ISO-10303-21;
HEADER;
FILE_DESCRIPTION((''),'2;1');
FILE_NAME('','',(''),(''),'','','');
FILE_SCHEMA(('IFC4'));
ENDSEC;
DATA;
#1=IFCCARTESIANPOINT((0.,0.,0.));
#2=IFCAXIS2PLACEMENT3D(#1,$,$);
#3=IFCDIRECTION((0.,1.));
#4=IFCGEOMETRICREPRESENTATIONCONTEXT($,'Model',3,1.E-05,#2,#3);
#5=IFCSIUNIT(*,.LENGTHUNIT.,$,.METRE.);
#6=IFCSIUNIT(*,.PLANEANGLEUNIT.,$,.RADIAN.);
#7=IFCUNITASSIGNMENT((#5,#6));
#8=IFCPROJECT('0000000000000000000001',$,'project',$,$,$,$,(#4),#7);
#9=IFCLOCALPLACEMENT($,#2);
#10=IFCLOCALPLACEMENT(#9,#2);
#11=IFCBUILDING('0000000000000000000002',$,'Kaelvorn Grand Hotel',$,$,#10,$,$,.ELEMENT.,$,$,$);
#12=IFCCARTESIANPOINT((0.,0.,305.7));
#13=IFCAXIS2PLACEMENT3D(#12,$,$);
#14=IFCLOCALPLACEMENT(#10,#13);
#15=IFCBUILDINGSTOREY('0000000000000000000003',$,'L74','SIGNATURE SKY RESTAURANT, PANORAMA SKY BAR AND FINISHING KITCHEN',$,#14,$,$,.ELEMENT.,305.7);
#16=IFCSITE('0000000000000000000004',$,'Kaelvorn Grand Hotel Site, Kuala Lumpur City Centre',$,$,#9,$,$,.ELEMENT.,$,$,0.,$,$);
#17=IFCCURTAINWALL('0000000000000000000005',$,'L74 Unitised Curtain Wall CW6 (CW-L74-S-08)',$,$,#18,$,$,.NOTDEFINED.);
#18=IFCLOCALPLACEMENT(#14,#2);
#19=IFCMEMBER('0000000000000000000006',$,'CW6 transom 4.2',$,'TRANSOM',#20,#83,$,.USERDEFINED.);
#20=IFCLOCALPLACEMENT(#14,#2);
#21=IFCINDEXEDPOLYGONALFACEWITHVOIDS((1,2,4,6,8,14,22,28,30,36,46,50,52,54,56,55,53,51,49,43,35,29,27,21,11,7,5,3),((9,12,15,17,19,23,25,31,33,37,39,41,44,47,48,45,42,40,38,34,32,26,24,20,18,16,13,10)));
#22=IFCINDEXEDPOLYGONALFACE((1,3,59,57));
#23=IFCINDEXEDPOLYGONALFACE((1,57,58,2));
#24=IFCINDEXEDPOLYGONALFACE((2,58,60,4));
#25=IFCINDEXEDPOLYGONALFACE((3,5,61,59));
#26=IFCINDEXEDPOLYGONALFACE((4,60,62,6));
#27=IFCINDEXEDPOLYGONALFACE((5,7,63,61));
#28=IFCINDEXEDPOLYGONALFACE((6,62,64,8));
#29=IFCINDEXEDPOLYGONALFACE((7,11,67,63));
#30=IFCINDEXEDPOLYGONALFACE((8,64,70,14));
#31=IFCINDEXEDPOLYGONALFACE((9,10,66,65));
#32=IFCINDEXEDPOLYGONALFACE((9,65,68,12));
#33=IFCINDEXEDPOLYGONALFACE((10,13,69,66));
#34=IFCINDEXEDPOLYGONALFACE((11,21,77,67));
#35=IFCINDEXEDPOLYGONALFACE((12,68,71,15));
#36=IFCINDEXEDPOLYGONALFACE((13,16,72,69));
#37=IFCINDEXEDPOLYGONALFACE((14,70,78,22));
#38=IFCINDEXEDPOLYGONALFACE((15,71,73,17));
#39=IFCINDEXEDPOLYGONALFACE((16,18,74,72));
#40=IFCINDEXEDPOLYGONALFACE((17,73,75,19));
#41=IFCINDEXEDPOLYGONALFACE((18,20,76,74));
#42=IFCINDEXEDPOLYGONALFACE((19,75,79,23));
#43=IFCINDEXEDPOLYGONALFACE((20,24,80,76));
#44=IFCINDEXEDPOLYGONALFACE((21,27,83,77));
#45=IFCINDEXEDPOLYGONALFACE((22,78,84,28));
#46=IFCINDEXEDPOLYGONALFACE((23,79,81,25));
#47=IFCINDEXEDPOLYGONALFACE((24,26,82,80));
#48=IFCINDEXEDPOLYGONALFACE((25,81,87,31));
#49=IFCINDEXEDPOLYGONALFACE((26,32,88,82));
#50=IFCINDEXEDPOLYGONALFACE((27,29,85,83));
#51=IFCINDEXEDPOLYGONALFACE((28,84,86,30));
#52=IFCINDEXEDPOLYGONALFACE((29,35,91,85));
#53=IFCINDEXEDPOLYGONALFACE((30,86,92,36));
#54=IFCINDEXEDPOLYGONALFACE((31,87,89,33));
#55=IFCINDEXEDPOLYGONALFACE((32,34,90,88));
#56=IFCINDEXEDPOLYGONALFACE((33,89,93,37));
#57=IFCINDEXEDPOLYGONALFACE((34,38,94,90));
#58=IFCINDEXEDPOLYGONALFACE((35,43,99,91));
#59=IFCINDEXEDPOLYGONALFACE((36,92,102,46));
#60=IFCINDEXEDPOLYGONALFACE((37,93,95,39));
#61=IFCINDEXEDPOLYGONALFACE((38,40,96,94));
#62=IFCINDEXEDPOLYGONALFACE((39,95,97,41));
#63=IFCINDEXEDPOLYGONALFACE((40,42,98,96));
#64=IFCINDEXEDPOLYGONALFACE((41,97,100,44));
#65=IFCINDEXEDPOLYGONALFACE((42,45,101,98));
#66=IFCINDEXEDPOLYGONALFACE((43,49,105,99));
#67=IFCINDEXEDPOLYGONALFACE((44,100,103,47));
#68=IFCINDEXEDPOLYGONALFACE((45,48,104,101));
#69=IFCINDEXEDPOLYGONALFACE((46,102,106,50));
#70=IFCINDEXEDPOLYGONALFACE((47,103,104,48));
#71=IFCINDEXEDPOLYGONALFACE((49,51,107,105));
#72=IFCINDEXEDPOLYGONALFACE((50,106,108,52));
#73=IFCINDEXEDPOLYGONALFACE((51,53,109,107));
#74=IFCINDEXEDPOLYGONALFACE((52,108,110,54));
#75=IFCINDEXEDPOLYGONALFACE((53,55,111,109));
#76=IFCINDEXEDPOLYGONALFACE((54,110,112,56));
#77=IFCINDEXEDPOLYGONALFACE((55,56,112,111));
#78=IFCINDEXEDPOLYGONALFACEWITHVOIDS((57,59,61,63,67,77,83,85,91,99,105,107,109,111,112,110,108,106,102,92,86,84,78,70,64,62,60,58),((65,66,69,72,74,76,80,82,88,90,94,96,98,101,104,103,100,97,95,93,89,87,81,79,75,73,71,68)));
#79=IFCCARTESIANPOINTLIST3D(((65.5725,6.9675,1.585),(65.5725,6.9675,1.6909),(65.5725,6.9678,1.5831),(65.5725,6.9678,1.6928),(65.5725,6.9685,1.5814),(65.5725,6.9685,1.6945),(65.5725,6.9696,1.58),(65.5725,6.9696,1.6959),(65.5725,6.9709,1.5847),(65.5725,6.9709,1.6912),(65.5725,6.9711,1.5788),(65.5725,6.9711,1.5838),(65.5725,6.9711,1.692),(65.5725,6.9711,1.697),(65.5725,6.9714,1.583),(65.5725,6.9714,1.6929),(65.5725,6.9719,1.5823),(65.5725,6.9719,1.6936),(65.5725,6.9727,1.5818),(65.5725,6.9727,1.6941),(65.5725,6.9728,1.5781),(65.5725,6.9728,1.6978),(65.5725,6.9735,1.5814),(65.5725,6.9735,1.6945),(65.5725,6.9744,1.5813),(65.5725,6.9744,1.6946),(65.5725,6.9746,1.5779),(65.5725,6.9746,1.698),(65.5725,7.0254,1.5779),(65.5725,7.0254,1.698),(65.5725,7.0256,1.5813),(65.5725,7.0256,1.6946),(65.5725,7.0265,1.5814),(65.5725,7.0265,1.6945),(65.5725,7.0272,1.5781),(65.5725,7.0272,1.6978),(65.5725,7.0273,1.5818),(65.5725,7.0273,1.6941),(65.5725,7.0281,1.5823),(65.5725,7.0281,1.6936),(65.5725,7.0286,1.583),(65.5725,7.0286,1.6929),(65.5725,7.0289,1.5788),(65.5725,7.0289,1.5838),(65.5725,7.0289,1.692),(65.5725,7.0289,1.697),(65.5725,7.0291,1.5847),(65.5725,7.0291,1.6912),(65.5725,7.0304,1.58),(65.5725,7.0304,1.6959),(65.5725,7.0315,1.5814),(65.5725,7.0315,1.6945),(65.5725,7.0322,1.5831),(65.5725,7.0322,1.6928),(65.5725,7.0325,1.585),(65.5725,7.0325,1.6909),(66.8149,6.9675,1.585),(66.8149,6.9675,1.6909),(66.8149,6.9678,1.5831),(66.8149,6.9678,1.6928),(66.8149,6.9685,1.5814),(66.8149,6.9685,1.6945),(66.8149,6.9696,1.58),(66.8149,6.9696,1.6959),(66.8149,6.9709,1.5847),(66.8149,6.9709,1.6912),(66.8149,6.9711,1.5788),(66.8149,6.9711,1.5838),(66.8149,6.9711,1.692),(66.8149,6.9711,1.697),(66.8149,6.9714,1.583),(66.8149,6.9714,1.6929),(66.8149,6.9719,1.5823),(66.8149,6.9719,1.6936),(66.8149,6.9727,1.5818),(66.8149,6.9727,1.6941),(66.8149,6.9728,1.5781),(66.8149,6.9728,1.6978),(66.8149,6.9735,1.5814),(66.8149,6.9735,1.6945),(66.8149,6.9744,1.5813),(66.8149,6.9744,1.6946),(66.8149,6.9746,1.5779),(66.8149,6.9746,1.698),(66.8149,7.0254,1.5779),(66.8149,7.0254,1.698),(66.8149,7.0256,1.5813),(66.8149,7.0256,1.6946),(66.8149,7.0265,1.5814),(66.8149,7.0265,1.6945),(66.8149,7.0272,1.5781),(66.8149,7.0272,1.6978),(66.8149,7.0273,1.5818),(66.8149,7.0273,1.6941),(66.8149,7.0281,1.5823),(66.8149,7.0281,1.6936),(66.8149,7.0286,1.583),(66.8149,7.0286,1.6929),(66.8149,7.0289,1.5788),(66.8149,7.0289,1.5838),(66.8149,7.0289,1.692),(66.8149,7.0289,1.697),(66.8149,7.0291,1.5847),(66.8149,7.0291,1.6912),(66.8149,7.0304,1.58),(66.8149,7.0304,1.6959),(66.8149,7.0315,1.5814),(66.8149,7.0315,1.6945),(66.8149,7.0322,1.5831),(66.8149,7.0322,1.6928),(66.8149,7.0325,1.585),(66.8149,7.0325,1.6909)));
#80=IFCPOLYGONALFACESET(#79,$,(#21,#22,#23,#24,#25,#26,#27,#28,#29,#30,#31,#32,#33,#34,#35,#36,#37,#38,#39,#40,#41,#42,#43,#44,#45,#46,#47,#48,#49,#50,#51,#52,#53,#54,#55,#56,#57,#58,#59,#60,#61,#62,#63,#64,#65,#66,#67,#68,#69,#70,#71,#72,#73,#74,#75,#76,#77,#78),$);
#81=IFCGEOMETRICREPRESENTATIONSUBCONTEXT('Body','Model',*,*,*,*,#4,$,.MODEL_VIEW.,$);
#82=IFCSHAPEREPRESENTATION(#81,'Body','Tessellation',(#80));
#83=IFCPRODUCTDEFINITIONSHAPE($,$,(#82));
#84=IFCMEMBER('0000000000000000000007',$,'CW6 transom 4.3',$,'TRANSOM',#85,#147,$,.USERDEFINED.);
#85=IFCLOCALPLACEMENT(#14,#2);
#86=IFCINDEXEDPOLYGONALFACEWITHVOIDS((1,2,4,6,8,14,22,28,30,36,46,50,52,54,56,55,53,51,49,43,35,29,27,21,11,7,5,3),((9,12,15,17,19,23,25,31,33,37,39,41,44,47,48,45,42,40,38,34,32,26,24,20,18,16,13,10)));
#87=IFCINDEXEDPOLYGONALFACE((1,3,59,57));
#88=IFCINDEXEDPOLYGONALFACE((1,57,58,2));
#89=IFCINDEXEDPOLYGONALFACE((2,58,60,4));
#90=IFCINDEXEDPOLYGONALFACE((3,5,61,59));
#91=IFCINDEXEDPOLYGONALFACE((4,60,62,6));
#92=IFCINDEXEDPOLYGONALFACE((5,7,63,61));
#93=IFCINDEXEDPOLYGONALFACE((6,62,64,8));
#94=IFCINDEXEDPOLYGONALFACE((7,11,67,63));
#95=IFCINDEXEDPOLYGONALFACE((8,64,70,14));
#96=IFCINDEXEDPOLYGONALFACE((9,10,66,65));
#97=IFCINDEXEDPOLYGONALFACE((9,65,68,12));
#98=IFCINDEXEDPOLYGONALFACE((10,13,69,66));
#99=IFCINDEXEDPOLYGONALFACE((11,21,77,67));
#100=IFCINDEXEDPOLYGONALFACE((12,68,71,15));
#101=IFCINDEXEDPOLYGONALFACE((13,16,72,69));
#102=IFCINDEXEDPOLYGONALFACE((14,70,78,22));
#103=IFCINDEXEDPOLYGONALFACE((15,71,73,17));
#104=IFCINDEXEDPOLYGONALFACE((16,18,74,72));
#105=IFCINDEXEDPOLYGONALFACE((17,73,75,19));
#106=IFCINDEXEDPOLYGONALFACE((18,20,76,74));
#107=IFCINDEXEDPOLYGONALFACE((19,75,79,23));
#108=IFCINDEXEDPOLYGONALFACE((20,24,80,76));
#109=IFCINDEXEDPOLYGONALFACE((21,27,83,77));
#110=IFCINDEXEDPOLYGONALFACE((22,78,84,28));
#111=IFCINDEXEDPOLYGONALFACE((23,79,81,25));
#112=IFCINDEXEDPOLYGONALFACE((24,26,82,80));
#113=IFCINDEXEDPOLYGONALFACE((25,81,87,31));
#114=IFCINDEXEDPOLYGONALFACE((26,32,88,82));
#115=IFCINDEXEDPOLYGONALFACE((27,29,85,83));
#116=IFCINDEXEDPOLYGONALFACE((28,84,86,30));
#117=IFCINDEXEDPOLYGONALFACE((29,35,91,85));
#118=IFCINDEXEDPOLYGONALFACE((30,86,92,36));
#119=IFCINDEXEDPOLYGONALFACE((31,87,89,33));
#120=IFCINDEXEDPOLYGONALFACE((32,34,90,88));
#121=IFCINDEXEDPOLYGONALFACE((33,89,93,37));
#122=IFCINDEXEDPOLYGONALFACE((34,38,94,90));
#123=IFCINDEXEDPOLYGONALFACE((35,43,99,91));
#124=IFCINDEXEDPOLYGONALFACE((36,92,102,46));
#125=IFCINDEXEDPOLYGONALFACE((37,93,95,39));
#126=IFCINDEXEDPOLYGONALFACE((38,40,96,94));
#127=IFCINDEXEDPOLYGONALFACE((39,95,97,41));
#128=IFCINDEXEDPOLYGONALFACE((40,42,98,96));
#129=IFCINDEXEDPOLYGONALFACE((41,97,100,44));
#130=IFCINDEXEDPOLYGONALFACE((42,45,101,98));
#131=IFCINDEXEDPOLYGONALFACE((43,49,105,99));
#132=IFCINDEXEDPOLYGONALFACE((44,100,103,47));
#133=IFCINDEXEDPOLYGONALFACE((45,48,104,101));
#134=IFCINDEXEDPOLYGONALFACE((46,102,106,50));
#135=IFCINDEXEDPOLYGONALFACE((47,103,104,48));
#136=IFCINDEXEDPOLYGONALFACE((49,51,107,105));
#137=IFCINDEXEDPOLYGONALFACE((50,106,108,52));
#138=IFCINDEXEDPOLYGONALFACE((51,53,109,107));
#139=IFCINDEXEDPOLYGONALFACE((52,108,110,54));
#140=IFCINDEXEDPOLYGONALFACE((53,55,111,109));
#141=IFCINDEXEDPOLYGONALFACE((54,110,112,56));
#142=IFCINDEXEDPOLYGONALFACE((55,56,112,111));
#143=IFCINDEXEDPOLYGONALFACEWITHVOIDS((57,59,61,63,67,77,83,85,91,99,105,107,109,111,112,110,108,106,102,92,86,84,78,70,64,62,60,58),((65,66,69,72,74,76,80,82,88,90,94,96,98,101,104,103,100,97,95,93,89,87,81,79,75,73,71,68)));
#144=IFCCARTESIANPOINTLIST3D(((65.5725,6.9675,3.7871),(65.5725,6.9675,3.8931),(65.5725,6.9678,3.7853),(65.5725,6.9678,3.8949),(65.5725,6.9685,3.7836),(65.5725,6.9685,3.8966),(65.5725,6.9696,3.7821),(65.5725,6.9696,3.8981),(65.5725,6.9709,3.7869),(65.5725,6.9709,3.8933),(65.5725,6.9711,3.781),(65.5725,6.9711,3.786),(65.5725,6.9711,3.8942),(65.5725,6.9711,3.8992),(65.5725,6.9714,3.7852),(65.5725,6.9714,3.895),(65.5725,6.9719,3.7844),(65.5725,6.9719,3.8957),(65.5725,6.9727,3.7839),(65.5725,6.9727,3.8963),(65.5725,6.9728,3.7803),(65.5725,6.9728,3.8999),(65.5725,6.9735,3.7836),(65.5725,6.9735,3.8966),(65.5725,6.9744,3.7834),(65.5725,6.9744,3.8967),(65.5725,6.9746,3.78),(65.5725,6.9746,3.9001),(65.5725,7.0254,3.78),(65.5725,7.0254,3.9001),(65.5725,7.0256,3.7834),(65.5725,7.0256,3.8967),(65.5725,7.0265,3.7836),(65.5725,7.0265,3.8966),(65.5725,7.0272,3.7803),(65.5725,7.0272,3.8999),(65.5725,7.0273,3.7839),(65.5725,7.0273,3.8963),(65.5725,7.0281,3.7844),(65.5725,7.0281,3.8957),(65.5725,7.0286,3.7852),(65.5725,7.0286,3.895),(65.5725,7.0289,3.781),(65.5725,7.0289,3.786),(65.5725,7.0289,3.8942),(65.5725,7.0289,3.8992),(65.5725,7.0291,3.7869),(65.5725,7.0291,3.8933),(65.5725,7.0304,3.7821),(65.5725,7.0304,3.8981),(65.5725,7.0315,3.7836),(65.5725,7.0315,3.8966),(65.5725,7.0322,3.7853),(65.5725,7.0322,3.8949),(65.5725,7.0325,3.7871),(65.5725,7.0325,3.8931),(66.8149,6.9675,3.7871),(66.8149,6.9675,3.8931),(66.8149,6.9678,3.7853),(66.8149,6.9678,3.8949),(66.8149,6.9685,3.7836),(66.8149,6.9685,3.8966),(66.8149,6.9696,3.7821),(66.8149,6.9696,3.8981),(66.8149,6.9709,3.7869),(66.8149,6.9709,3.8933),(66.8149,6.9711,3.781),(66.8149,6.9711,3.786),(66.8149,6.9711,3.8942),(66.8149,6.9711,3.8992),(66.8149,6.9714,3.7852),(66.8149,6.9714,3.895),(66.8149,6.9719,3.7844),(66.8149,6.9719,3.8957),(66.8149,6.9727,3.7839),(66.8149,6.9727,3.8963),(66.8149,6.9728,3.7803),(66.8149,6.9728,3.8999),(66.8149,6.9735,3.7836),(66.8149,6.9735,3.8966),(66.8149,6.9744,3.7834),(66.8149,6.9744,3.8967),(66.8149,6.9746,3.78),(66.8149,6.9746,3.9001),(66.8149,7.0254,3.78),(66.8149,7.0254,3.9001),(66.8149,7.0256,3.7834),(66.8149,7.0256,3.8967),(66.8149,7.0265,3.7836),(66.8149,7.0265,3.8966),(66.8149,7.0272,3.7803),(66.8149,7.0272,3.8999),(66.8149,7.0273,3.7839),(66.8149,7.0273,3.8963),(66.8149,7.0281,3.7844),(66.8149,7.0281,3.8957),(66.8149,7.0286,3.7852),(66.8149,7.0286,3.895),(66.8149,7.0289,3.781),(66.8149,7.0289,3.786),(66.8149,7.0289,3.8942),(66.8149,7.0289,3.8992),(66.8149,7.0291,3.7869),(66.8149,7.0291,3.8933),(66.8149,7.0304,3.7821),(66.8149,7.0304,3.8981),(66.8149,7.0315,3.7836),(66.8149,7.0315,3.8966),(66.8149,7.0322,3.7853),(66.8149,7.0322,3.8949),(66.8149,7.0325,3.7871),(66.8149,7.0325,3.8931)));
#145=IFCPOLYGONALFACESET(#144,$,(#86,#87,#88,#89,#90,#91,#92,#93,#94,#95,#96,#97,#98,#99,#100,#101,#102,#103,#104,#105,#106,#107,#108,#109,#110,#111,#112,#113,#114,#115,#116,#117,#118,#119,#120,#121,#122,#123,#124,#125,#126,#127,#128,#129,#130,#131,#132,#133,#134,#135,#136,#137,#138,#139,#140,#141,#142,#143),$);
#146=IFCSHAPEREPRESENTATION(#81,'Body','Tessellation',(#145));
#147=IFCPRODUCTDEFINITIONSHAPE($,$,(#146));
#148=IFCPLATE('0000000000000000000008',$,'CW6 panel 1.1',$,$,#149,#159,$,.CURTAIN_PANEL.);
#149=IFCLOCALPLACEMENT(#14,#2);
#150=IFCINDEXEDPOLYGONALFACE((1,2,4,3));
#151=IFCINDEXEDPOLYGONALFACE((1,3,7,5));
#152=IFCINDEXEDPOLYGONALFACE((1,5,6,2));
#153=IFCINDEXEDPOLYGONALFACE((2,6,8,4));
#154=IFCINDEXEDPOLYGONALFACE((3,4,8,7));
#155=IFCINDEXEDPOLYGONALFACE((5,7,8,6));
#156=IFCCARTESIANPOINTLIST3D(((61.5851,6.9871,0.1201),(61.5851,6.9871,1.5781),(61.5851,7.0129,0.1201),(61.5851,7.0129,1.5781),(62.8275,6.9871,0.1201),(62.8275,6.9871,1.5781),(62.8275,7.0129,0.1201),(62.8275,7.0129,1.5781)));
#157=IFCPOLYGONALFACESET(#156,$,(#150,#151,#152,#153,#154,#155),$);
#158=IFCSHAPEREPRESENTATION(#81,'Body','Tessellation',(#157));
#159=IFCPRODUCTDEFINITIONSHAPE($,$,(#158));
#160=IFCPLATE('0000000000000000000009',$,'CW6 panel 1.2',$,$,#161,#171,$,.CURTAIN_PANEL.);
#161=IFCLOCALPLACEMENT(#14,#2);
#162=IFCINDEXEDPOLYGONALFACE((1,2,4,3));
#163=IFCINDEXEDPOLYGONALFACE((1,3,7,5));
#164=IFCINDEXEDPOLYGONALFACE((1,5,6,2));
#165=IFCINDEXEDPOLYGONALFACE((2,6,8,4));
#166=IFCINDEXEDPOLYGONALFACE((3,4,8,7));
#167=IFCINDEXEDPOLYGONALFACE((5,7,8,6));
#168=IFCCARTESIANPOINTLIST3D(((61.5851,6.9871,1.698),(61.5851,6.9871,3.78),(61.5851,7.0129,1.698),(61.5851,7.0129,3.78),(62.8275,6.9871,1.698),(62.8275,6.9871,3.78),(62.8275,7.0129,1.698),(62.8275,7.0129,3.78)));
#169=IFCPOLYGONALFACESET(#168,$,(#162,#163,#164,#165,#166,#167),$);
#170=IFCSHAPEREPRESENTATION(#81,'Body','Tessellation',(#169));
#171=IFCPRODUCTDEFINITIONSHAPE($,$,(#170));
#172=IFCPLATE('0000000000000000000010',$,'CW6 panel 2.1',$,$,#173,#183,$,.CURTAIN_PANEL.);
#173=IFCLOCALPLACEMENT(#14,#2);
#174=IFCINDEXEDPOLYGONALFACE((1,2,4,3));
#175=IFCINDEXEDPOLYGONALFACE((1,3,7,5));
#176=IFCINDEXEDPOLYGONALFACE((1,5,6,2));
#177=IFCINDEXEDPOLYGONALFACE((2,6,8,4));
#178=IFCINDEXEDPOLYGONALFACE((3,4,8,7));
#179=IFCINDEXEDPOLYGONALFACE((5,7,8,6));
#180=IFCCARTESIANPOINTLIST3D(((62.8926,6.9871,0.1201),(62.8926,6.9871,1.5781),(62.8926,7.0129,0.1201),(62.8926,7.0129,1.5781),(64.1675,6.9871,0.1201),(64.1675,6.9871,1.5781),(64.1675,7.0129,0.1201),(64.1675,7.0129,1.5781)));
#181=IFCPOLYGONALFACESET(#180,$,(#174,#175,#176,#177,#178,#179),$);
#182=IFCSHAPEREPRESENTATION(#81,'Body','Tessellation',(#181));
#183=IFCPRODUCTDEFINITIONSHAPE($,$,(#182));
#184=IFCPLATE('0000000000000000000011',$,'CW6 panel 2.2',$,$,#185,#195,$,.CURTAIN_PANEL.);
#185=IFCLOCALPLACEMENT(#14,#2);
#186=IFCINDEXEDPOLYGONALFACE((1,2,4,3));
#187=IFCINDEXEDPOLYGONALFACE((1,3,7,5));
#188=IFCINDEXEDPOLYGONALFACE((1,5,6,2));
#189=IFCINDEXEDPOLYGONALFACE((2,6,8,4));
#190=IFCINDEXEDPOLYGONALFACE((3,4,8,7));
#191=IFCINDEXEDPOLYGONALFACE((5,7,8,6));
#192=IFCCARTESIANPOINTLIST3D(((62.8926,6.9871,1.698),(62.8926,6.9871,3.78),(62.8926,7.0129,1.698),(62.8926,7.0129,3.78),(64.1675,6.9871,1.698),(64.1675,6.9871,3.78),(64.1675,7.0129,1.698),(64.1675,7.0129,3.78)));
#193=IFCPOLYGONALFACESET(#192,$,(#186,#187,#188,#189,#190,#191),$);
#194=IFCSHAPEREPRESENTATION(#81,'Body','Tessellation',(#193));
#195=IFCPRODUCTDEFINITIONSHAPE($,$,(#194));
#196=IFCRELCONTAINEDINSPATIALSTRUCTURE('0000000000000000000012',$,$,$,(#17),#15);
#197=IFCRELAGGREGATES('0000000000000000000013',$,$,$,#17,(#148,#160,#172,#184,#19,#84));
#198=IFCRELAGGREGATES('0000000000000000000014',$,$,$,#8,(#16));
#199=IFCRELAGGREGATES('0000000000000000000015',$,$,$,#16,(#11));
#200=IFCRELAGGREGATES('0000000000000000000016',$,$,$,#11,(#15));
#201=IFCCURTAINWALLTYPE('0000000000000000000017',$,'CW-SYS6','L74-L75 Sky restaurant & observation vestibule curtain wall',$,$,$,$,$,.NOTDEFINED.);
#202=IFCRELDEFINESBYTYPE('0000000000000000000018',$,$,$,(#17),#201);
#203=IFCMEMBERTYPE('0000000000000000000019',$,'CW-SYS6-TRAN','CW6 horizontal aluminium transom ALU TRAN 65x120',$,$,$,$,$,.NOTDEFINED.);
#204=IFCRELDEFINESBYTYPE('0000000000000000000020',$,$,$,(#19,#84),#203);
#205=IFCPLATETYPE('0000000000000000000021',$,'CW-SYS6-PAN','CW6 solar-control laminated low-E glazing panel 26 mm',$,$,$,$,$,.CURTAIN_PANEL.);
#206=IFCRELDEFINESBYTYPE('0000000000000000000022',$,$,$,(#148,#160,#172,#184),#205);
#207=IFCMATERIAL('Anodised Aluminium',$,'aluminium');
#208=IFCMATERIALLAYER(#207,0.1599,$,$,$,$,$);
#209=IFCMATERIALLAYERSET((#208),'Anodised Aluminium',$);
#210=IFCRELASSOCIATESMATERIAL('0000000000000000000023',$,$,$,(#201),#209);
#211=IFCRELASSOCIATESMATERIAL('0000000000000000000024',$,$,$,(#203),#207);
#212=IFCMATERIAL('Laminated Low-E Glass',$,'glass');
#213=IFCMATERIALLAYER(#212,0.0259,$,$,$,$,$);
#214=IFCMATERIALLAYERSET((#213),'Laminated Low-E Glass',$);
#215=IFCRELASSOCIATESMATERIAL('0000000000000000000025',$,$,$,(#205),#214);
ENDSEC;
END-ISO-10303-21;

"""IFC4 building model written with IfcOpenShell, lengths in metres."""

from ifc_helpers import new_model, si_unit, direction, frame, origin, origin_2d, place, context, subcontext, project, spatial, rectangle, hollow_rectangle, extrude, material, layer, layer_set, material_profile, profile_set, type_object, element, aggregate, save


model = new_model("IFC4")

# Units and contexts
model_context = context("Model", 3, precision=1e-05, world=origin(), true_north=direction((0.0, 1.0)))
body_context = subcontext(model_context, "Body", "Model", "MODEL_VIEW")
ifc_project = project(units=[si_unit("LENGTHUNIT", "METRE"), si_unit("PLANEANGLEUNIT", "RADIAN")], contexts=[model_context])

# Site, building, storey
site_placement = place(None, origin())
site = spatial("IfcSite", under=ifc_project, at=site_placement, Name="Kaelvorn Grand Hotel Site, Kuala Lumpur City Centre", CompositionType="ELEMENT", RefElevation=0.0)
building_placement = place(site_placement, origin())
building = spatial("IfcBuilding", under=site, at=building_placement, Name="Kaelvorn Grand Hotel", CompositionType="ELEMENT")
storey_placement = place(building_placement, frame((0.0, 0.0, 305.7)))
storey = spatial("IfcBuildingStorey", under=building, at=storey_placement, Name="L74", Description="SIGNATURE SKY RESTAURANT, PANORAMA SKY BAR AND FINISHING KITCHEN", CompositionType="ELEMENT", Elevation=305.7)

# Curtain wall, members, plates
ifc_material_1 = material(Name="Anodised Aluminium", Category="aluminium")
ifc_layer_1 = layer(ifc_material_1, 0.1599)
ifc_layer_set_1 = layer_set([ifc_layer_1], Name="Anodised Aluminium")
curtain_wall_type = type_object("IfcCurtainWallType", Name="CW-SYS6", Description="L74-L75 Sky restaurant & observation vestibule curtain wall", PredefinedType="NOTDEFINED", material=ifc_layer_set_1)
curtain_wall_placement = place(storey_placement, origin())
curtain_wall = element("IfcCurtainWall", 1, at=curtain_wall_placement, inside=storey, type_object=curtain_wall_type, Name="L74 Unitised Curtain Wall CW6 (CW-L74-S-08)", PredefinedType="NOTDEFINED")
ifc_material_profile_1 = material_profile(ifc_material_1, hollow_rectangle(XDim=0.0649, YDim=0.1201, WallThickness=0.0034, InnerFilletRadius=0.0034, OuterFilletRadius=0.0071, at=origin_2d()), Name="ALU TRAN 65x120")
ifc_profile_set_1 = profile_set([ifc_material_profile_1], Name="Anodised Aluminium")
member_type_1 = type_object("IfcMemberType", Name="CW-SYS6-TRAN", Description="CW6 horizontal aluminium transom ALU TRAN 65x120", PredefinedType="NOTDEFINED", material=ifc_profile_set_1)
member_1_placement = place(storey_placement, frame((65.5725, 7.0, 1.6379), z_axis=(1.0, 0.0, 0.0), x_axis=(0.0, 1.0, 0.0)))
member_1 = element("IfcMember", 2, at=member_1_placement, type_object=member_type_1, Name="CW6 transom 4.2", ObjectType="TRANSOM", PredefinedType="USERDEFINED", context=body_context, shape_type="SweptSolid", body=[
    extrude(hollow_rectangle(XDim=0.0649, YDim=0.1201, WallThickness=0.0034, InnerFilletRadius=0.0034, OuterFilletRadius=0.0071, at=origin_2d()), origin(), (0.0, 0.0, 1.0), 1.2424),
])
member_2_placement = place(storey_placement, frame((65.5725, 7.0, 3.8401), z_axis=(1.0, 0.0, 0.0), x_axis=(0.0, 1.0, 0.0)))
member_2 = element("IfcMember", 3, at=member_2_placement, type_object=member_type_1, Name="CW6 transom 4.3", ObjectType="TRANSOM", PredefinedType="USERDEFINED", context=body_context, shape_type="SweptSolid", body=[
    extrude(hollow_rectangle(XDim=0.0649, YDim=0.1201, WallThickness=0.0034, InnerFilletRadius=0.0034, OuterFilletRadius=0.0071, at=origin_2d()), origin(), (0.0, 0.0, 1.0), 1.2424),
])
ifc_material_2 = material(Name="Laminated Low-E Glass", Category="glass")
ifc_layer_2 = layer(ifc_material_2, 0.0259)
ifc_layer_set_2 = layer_set([ifc_layer_2], Name="Laminated Low-E Glass")
plate_type = type_object("IfcPlateType", Name="CW-SYS6-PAN", Description="CW6 solar-control laminated low-E glazing panel 26 mm", PredefinedType="CURTAIN_PANEL", material=ifc_layer_set_2)
plate_1_placement = place(storey_placement, frame((62.2063, 7.0, 0.1201), z_axis=(0.0, 0.0, 1.0), x_axis=(1.0, 0.0, 0.0)))
plate_1 = element("IfcPlate", 4, at=plate_1_placement, type_object=plate_type, Name="CW6 panel 1.1", PredefinedType="CURTAIN_PANEL", context=body_context, shape_type="SweptSolid", body=[
    extrude(rectangle(XDim=1.2424, YDim=0.0259, at=origin_2d()), origin(), (0.0, 0.0, 1.0), 1.458),
])
plate_2_placement = place(storey_placement, frame((62.2063, 7.0, 1.698), z_axis=(0.0, 0.0, 1.0), x_axis=(1.0, 0.0, 0.0)))
plate_2 = element("IfcPlate", 5, at=plate_2_placement, type_object=plate_type, Name="CW6 panel 1.2", PredefinedType="CURTAIN_PANEL", context=body_context, shape_type="SweptSolid", body=[
    extrude(rectangle(XDim=1.2424, YDim=0.0259, at=origin_2d()), origin(), (0.0, 0.0, 1.0), 2.082),
])
plate_3_placement = place(storey_placement, frame((63.53, 7.0, 0.1201), z_axis=(0.0, 0.0, 1.0), x_axis=(1.0, 0.0, 0.0)))
plate_3 = element("IfcPlate", 6, at=plate_3_placement, type_object=plate_type, Name="CW6 panel 2.1", PredefinedType="CURTAIN_PANEL", context=body_context, shape_type="SweptSolid", body=[
    extrude(rectangle(XDim=1.2749, YDim=0.0259, at=origin_2d()), origin(), (0.0, 0.0, 1.0), 1.458),
])
plate_4_placement = place(storey_placement, frame((63.53, 7.0, 1.698), z_axis=(0.0, 0.0, 1.0), x_axis=(1.0, 0.0, 0.0)))
plate_4 = element("IfcPlate", 7, at=plate_4_placement, type_object=plate_type, Name="CW6 panel 2.2", PredefinedType="CURTAIN_PANEL", context=body_context, shape_type="SweptSolid", body=[
    extrude(rectangle(XDim=1.2749, YDim=0.0259, at=origin_2d()), origin(), (0.0, 0.0, 1.0), 2.082),
])
aggregate(curtain_wall, [plate_1, plate_2, plate_3, plate_4, member_1, member_2])

save(model, "model.ifc")
